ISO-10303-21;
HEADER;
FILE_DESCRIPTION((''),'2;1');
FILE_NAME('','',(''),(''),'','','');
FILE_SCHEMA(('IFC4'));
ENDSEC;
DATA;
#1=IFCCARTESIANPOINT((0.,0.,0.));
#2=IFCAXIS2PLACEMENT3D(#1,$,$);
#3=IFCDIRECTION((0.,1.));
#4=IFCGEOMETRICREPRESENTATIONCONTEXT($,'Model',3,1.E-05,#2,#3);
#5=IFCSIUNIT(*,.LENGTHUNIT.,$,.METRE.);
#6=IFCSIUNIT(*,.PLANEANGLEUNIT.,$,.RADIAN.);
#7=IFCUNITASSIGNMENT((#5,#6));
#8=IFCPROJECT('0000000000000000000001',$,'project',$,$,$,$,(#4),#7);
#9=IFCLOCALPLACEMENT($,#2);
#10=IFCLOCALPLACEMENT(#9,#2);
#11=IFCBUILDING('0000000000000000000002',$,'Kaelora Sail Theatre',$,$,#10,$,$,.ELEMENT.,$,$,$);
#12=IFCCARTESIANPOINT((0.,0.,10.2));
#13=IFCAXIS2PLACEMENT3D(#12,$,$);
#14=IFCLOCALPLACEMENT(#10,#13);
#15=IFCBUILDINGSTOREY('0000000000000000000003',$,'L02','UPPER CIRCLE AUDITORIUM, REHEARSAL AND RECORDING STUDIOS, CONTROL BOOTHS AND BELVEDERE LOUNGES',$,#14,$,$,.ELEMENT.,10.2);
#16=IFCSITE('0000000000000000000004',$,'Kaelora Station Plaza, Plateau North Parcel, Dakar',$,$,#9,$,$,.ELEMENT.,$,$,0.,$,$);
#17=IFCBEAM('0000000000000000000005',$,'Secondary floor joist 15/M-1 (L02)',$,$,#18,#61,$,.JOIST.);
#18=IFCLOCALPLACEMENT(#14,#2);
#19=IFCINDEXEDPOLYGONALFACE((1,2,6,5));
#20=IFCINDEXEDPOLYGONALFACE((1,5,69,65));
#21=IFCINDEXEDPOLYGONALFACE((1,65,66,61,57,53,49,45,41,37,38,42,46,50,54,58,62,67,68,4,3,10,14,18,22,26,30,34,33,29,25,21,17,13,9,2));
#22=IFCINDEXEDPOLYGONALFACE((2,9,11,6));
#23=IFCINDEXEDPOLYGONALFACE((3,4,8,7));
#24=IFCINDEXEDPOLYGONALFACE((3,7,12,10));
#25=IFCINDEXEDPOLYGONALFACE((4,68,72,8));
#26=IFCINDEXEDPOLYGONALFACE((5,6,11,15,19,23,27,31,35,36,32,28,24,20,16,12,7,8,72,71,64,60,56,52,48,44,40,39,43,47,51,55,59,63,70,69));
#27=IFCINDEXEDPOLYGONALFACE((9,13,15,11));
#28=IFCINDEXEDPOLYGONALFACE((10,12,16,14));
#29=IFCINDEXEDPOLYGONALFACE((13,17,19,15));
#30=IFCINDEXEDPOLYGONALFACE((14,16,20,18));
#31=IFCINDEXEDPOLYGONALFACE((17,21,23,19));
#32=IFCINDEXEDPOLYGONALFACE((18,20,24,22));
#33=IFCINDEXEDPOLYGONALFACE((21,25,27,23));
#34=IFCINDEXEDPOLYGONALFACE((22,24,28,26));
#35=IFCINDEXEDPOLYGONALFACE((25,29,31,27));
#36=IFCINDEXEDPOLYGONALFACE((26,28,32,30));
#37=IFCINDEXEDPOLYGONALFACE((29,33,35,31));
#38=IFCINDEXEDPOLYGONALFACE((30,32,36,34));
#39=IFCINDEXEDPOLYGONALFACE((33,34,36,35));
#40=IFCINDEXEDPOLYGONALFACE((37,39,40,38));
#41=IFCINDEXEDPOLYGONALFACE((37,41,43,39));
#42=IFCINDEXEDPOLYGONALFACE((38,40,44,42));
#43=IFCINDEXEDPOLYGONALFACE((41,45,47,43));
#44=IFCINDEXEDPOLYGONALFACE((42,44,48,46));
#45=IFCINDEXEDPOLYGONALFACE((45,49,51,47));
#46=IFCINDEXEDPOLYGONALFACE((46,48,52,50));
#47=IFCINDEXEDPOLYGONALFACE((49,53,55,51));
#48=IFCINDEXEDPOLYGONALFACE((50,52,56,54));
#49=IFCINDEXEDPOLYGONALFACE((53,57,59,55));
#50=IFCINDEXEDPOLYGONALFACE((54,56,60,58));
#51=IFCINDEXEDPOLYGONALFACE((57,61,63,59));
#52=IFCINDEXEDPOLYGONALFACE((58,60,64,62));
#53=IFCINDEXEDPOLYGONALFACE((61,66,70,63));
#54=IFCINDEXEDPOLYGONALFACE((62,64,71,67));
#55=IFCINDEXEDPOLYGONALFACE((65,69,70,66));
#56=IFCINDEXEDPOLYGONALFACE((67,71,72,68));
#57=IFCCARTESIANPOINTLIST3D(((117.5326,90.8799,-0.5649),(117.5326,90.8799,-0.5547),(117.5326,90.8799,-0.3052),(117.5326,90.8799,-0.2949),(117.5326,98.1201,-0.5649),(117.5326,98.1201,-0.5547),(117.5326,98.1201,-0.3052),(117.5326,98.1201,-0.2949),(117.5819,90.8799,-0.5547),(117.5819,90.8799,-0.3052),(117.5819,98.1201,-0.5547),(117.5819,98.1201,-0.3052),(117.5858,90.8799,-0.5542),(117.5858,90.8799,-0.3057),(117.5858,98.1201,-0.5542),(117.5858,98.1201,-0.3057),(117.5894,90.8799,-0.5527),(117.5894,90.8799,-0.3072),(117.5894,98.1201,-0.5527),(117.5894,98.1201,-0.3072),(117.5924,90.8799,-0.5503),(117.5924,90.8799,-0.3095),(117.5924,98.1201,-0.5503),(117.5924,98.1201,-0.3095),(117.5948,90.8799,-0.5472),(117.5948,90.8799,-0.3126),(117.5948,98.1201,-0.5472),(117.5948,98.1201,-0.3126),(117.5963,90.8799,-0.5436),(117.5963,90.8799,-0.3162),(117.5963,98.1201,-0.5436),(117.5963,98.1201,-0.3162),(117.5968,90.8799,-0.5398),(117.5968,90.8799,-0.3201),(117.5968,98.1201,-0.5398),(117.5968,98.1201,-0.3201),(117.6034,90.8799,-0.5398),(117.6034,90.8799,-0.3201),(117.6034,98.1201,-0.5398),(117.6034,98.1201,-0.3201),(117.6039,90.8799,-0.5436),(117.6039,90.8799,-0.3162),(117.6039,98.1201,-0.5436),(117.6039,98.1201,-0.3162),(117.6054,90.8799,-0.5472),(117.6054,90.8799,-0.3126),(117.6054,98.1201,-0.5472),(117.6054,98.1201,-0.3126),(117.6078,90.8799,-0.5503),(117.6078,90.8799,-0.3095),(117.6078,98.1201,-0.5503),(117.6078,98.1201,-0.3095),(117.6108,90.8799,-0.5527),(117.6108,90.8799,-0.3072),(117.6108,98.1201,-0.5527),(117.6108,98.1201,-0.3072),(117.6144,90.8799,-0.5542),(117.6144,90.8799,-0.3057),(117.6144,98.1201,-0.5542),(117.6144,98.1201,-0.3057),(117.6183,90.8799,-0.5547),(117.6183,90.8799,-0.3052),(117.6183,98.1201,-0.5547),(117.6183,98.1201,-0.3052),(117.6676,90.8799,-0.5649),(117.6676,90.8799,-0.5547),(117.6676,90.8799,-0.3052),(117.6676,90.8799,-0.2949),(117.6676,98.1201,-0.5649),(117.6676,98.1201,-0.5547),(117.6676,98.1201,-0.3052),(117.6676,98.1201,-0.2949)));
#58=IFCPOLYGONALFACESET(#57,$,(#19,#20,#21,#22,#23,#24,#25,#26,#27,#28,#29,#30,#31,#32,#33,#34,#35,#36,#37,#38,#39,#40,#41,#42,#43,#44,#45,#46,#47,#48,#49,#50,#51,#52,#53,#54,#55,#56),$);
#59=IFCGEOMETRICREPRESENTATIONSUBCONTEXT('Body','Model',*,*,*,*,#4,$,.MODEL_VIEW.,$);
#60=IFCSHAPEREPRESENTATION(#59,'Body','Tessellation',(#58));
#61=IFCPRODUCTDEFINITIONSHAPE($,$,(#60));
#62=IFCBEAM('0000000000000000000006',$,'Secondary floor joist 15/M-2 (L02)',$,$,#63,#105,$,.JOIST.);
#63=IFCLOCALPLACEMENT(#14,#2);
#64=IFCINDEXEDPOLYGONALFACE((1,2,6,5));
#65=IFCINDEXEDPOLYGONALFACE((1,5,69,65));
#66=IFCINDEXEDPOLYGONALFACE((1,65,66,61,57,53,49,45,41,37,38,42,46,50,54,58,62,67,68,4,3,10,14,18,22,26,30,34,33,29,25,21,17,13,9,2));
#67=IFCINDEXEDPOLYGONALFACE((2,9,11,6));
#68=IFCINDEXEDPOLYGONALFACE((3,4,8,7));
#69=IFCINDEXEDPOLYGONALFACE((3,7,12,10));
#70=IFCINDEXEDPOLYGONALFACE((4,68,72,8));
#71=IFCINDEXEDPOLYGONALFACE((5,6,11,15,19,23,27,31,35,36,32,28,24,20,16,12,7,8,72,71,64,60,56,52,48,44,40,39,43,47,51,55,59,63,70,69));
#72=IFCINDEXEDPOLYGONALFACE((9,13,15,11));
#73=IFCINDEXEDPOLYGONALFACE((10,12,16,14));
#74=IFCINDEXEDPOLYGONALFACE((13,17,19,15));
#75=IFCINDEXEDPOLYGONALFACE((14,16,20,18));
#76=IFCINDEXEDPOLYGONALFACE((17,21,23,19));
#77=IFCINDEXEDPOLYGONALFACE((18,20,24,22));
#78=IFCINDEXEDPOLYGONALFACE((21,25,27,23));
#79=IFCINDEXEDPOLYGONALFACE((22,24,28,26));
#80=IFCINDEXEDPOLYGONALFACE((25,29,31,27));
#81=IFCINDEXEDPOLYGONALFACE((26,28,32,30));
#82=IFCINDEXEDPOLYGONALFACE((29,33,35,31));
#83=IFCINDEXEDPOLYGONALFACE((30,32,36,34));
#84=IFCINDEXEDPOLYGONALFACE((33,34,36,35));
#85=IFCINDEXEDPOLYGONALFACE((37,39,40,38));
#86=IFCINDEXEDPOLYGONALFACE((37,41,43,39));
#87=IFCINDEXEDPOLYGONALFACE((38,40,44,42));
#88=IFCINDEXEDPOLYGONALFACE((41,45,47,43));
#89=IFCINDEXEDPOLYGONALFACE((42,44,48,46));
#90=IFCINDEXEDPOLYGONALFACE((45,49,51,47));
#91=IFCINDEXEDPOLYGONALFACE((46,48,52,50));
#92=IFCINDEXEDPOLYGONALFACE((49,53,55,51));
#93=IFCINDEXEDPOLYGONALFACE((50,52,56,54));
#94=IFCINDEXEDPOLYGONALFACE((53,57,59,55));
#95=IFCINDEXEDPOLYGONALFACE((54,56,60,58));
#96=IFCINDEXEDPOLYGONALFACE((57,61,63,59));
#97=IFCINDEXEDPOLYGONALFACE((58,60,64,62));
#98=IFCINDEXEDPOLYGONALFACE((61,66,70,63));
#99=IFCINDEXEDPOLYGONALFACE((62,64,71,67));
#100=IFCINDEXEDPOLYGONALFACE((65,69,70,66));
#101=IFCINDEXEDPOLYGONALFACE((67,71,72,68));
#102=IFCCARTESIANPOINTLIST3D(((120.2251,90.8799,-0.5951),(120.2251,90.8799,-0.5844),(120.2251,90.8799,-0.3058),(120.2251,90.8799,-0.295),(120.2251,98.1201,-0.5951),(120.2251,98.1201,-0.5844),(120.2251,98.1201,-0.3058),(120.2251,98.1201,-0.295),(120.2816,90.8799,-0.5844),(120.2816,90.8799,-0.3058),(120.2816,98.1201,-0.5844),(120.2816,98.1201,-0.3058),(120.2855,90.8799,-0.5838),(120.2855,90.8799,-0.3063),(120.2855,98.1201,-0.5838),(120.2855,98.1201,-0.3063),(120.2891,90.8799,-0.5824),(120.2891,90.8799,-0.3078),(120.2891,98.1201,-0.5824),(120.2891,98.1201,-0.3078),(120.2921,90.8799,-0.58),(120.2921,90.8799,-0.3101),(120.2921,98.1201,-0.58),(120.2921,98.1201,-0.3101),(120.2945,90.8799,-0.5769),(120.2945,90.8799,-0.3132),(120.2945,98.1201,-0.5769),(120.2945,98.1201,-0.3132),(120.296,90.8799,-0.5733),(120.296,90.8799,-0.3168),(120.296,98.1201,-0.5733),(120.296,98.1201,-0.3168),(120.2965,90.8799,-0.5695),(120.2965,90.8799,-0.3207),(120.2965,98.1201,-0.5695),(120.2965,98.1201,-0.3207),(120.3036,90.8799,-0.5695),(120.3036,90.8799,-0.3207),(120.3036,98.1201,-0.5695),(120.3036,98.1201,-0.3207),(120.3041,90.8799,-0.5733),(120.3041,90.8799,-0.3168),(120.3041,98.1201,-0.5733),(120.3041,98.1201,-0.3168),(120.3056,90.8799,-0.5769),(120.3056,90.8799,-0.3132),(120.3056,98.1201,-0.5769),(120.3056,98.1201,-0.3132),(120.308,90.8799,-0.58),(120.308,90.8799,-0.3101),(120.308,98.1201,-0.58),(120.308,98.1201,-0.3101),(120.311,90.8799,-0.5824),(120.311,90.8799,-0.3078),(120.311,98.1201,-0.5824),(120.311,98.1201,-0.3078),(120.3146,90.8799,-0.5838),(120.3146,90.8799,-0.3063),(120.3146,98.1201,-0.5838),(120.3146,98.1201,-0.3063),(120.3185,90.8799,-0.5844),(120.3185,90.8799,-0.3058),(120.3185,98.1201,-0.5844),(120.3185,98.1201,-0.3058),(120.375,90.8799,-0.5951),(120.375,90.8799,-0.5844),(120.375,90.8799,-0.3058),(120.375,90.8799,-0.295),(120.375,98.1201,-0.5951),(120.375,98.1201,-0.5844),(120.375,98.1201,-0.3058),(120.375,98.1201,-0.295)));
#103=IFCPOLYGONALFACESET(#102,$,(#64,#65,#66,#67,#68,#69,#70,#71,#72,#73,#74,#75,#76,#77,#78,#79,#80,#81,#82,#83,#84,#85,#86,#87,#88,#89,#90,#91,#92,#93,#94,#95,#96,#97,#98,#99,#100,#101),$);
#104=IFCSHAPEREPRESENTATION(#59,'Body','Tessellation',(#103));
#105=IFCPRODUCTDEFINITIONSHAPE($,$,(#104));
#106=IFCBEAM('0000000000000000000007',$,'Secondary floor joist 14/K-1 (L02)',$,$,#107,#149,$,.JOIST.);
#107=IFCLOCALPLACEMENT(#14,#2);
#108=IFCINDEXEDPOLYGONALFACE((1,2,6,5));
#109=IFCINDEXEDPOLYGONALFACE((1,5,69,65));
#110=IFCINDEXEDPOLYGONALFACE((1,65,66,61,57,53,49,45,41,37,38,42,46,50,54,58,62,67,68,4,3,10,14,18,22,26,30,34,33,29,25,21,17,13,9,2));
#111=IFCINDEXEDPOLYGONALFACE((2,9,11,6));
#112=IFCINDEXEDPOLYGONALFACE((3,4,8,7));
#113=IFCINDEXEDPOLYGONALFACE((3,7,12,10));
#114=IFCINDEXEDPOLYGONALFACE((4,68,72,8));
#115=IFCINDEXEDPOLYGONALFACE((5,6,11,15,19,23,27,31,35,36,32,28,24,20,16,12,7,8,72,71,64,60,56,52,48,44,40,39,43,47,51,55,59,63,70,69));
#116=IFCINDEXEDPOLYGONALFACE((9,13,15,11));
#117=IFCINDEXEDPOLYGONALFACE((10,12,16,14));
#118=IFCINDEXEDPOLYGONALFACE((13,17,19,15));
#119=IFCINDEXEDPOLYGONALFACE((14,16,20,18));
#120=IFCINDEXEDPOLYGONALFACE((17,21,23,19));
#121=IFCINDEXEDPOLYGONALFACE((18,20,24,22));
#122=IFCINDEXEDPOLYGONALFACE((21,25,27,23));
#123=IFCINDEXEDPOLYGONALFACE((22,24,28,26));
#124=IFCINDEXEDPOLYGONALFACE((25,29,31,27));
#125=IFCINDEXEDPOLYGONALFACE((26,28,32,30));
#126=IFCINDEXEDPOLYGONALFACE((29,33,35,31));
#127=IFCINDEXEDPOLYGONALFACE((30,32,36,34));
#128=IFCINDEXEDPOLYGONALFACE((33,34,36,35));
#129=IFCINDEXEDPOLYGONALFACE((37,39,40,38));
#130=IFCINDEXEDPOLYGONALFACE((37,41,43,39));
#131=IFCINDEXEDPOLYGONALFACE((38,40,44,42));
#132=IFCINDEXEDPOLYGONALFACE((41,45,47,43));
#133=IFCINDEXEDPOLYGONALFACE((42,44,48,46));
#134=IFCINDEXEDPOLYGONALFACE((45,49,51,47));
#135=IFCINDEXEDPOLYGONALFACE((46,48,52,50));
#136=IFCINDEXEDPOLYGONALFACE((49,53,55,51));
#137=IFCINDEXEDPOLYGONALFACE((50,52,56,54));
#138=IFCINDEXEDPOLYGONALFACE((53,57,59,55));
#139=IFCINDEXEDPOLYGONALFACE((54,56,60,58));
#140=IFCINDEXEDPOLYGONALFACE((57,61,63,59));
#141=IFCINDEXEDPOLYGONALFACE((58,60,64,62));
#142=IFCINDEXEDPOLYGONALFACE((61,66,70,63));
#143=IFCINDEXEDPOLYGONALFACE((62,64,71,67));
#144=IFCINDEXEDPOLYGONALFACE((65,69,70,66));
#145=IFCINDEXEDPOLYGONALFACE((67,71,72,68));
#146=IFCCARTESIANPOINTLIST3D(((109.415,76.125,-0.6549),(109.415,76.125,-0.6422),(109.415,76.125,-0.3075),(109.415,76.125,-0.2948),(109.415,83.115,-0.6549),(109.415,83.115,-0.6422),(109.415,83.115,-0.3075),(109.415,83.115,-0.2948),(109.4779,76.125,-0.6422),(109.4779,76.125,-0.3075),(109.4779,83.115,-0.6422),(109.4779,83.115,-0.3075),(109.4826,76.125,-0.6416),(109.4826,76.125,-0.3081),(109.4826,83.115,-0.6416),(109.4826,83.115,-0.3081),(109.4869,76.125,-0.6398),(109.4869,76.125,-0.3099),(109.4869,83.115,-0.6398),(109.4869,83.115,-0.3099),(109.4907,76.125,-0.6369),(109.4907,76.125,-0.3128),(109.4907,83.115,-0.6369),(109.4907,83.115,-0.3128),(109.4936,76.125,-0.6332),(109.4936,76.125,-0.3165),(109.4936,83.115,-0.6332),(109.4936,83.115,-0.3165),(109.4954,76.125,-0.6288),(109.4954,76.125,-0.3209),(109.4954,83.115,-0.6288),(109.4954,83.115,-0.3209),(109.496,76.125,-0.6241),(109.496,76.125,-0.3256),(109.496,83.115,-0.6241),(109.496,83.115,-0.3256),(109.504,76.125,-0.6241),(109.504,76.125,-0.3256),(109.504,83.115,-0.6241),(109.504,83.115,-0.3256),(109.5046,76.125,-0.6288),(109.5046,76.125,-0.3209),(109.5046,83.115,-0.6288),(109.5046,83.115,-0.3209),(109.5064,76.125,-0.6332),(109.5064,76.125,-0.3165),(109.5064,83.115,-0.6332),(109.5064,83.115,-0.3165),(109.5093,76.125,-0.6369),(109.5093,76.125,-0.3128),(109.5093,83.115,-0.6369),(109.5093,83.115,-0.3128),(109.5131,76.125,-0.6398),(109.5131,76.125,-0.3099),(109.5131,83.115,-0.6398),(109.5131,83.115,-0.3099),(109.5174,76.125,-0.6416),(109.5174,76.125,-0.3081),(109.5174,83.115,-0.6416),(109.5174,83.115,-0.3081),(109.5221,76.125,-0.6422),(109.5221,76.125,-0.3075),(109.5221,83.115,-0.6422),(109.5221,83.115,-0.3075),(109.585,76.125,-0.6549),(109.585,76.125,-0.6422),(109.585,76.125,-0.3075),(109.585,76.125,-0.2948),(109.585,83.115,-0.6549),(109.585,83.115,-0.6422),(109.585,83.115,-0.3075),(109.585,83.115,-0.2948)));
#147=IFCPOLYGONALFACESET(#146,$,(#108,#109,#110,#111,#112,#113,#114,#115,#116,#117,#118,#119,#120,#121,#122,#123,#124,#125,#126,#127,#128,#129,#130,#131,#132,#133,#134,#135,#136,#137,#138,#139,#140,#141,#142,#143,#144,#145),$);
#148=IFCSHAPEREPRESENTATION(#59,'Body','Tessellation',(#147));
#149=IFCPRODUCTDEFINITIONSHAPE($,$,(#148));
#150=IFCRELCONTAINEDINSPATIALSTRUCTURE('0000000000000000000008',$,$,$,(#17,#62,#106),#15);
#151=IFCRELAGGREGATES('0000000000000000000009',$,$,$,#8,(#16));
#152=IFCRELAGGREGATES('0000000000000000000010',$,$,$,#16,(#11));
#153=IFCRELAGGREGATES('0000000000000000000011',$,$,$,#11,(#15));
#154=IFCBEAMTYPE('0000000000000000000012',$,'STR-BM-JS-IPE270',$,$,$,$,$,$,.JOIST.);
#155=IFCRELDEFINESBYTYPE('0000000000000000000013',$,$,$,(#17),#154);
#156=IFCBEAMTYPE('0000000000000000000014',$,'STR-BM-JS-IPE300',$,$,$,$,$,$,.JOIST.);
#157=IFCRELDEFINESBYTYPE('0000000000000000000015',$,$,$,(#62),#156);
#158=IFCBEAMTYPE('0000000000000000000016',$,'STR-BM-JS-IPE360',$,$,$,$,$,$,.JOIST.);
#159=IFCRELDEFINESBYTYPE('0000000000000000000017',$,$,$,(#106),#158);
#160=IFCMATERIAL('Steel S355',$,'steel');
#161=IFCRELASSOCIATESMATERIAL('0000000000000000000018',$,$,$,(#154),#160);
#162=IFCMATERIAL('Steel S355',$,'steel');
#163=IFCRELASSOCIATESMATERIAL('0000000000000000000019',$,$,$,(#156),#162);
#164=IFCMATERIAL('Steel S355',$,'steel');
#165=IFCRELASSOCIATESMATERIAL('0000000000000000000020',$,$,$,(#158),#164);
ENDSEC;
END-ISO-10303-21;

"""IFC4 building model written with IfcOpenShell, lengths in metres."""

from ifc_helpers import new_model, si_unit, direction, frame, origin, origin_2d, place, context, subcontext, project, spatial, i_section, extrude, material, material_profile, profile_set, type_object, element, save


model = new_model("IFC4")

# Units and contexts
model_context = context("Model", 3, precision=1e-05, world=origin(), true_north=direction((0.0, 1.0)))
body_context = subcontext(model_context, "Body", "Model", "MODEL_VIEW")
ifc_project = project(units=[si_unit("LENGTHUNIT", "METRE"), si_unit("PLANEANGLEUNIT", "RADIAN")], contexts=[model_context])

# Site, building, storey
site_placement = place(None, origin())
site = spatial("IfcSite", under=ifc_project, at=site_placement, Name="Kaelora Station Plaza, Plateau North Parcel, Dakar", CompositionType="ELEMENT", RefElevation=0.0)
building_placement = place(site_placement, origin())
building = spatial("IfcBuilding", under=site, at=building_placement, Name="Kaelora Sail Theatre", CompositionType="ELEMENT")
storey_placement = place(building_placement, frame((0.0, 0.0, 10.2)))
storey = spatial("IfcBuildingStorey", under=building, at=storey_placement, Name="L02", Description="UPPER CIRCLE AUDITORIUM, REHEARSAL AND RECORDING STUDIOS, CONTROL BOOTHS AND BELVEDERE LOUNGES", CompositionType="ELEMENT", Elevation=10.2)

# Beams
ifc_material_1 = material(Name="Steel S355", Category="steel")
ifc_material_profile_1 = material_profile(ifc_material_1, i_section(OverallWidth=0.135, OverallDepth=0.27, WebThickness=0.0066, FlangeThickness=0.0103, FilletRadius=0.0149, at=origin_2d()), Name="IPE 270")
ifc_profile_set_1 = profile_set([ifc_material_profile_1], Name="Steel S355")
beam_type_1 = type_object("IfcBeamType", Name="STR-BM-JS-IPE270", PredefinedType="JOIST", material=ifc_profile_set_1)
beam_1_placement = place(storey_placement, frame((117.6001, 90.8799, -0.4299), z_axis=(0.0, 1.0, 0.0), x_axis=(-1.0, 0.0, 0.0)))
element("IfcBeam", 1, at=beam_1_placement, inside=storey, type_object=beam_type_1, Name="Secondary floor joist 15/M-1 (L02)", PredefinedType="JOIST", context=body_context, shape_type="SweptSolid", body=[
    extrude(i_section(OverallWidth=0.135, OverallDepth=0.27, WebThickness=0.0066, FlangeThickness=0.0103, FilletRadius=0.0149, at=origin_2d()), origin(), (0.0, 0.0, 1.0), 7.2402),
])
ifc_material_2 = material(Name="Steel S355", Category="steel")
ifc_material_profile_2 = material_profile(ifc_material_2, i_section(OverallWidth=0.1499, OverallDepth=0.3, WebThickness=0.0071, FlangeThickness=0.0107, FilletRadius=0.0149, at=origin_2d()), Name="IPE 300")
ifc_profile_set_2 = profile_set([ifc_material_profile_2], Name="Steel S355")
beam_type_2 = type_object("IfcBeamType", Name="STR-BM-JS-IPE300", PredefinedType="JOIST", material=ifc_profile_set_2)
beam_2_placement = place(storey_placement, frame((120.3, 90.8799, -0.4451), z_axis=(0.0, 1.0, 0.0), x_axis=(-1.0, 0.0, 0.0)))
element("IfcBeam", 2, at=beam_2_placement, inside=storey, type_object=beam_type_2, Name="Secondary floor joist 15/M-2 (L02)", PredefinedType="JOIST", context=body_context, shape_type="SweptSolid", body=[
    extrude(i_section(OverallWidth=0.1499, OverallDepth=0.3, WebThickness=0.0071, FlangeThickness=0.0107, FilletRadius=0.0149, at=origin_2d()), origin(), (0.0, 0.0, 1.0), 7.2402),
])
ifc_material_3 = material(Name="Steel S355", Category="steel")
ifc_material_profile_3 = material_profile(ifc_material_3, i_section(OverallWidth=0.1699, OverallDepth=0.3601, WebThickness=0.0081, FlangeThickness=0.0127, FilletRadius=0.0181, at=origin_2d()), Name="IPE 360")
ifc_profile_set_3 = profile_set([ifc_material_profile_3], Name="Steel S355")
beam_type_3 = type_object("IfcBeamType", Name="STR-BM-JS-IPE360", PredefinedType="JOIST", material=ifc_profile_set_3)
beam_3_placement = place(storey_placement, frame((109.5, 76.125, -0.4749), z_axis=(0.0, 1.0, 0.0), x_axis=(-1.0, 0.0, 0.0)))
element("IfcBeam", 3, at=beam_3_placement, inside=storey, type_object=beam_type_3, Name="Secondary floor joist 14/K-1 (L02)", PredefinedType="JOIST", context=body_context, shape_type="SweptSolid", body=[
    extrude(i_section(OverallWidth=0.1699, OverallDepth=0.3601, WebThickness=0.0081, FlangeThickness=0.0127, FilletRadius=0.0181, at=origin_2d()), origin(), (0.0, 0.0, 1.0), 6.99),
])

save(model, "model.ifc")
